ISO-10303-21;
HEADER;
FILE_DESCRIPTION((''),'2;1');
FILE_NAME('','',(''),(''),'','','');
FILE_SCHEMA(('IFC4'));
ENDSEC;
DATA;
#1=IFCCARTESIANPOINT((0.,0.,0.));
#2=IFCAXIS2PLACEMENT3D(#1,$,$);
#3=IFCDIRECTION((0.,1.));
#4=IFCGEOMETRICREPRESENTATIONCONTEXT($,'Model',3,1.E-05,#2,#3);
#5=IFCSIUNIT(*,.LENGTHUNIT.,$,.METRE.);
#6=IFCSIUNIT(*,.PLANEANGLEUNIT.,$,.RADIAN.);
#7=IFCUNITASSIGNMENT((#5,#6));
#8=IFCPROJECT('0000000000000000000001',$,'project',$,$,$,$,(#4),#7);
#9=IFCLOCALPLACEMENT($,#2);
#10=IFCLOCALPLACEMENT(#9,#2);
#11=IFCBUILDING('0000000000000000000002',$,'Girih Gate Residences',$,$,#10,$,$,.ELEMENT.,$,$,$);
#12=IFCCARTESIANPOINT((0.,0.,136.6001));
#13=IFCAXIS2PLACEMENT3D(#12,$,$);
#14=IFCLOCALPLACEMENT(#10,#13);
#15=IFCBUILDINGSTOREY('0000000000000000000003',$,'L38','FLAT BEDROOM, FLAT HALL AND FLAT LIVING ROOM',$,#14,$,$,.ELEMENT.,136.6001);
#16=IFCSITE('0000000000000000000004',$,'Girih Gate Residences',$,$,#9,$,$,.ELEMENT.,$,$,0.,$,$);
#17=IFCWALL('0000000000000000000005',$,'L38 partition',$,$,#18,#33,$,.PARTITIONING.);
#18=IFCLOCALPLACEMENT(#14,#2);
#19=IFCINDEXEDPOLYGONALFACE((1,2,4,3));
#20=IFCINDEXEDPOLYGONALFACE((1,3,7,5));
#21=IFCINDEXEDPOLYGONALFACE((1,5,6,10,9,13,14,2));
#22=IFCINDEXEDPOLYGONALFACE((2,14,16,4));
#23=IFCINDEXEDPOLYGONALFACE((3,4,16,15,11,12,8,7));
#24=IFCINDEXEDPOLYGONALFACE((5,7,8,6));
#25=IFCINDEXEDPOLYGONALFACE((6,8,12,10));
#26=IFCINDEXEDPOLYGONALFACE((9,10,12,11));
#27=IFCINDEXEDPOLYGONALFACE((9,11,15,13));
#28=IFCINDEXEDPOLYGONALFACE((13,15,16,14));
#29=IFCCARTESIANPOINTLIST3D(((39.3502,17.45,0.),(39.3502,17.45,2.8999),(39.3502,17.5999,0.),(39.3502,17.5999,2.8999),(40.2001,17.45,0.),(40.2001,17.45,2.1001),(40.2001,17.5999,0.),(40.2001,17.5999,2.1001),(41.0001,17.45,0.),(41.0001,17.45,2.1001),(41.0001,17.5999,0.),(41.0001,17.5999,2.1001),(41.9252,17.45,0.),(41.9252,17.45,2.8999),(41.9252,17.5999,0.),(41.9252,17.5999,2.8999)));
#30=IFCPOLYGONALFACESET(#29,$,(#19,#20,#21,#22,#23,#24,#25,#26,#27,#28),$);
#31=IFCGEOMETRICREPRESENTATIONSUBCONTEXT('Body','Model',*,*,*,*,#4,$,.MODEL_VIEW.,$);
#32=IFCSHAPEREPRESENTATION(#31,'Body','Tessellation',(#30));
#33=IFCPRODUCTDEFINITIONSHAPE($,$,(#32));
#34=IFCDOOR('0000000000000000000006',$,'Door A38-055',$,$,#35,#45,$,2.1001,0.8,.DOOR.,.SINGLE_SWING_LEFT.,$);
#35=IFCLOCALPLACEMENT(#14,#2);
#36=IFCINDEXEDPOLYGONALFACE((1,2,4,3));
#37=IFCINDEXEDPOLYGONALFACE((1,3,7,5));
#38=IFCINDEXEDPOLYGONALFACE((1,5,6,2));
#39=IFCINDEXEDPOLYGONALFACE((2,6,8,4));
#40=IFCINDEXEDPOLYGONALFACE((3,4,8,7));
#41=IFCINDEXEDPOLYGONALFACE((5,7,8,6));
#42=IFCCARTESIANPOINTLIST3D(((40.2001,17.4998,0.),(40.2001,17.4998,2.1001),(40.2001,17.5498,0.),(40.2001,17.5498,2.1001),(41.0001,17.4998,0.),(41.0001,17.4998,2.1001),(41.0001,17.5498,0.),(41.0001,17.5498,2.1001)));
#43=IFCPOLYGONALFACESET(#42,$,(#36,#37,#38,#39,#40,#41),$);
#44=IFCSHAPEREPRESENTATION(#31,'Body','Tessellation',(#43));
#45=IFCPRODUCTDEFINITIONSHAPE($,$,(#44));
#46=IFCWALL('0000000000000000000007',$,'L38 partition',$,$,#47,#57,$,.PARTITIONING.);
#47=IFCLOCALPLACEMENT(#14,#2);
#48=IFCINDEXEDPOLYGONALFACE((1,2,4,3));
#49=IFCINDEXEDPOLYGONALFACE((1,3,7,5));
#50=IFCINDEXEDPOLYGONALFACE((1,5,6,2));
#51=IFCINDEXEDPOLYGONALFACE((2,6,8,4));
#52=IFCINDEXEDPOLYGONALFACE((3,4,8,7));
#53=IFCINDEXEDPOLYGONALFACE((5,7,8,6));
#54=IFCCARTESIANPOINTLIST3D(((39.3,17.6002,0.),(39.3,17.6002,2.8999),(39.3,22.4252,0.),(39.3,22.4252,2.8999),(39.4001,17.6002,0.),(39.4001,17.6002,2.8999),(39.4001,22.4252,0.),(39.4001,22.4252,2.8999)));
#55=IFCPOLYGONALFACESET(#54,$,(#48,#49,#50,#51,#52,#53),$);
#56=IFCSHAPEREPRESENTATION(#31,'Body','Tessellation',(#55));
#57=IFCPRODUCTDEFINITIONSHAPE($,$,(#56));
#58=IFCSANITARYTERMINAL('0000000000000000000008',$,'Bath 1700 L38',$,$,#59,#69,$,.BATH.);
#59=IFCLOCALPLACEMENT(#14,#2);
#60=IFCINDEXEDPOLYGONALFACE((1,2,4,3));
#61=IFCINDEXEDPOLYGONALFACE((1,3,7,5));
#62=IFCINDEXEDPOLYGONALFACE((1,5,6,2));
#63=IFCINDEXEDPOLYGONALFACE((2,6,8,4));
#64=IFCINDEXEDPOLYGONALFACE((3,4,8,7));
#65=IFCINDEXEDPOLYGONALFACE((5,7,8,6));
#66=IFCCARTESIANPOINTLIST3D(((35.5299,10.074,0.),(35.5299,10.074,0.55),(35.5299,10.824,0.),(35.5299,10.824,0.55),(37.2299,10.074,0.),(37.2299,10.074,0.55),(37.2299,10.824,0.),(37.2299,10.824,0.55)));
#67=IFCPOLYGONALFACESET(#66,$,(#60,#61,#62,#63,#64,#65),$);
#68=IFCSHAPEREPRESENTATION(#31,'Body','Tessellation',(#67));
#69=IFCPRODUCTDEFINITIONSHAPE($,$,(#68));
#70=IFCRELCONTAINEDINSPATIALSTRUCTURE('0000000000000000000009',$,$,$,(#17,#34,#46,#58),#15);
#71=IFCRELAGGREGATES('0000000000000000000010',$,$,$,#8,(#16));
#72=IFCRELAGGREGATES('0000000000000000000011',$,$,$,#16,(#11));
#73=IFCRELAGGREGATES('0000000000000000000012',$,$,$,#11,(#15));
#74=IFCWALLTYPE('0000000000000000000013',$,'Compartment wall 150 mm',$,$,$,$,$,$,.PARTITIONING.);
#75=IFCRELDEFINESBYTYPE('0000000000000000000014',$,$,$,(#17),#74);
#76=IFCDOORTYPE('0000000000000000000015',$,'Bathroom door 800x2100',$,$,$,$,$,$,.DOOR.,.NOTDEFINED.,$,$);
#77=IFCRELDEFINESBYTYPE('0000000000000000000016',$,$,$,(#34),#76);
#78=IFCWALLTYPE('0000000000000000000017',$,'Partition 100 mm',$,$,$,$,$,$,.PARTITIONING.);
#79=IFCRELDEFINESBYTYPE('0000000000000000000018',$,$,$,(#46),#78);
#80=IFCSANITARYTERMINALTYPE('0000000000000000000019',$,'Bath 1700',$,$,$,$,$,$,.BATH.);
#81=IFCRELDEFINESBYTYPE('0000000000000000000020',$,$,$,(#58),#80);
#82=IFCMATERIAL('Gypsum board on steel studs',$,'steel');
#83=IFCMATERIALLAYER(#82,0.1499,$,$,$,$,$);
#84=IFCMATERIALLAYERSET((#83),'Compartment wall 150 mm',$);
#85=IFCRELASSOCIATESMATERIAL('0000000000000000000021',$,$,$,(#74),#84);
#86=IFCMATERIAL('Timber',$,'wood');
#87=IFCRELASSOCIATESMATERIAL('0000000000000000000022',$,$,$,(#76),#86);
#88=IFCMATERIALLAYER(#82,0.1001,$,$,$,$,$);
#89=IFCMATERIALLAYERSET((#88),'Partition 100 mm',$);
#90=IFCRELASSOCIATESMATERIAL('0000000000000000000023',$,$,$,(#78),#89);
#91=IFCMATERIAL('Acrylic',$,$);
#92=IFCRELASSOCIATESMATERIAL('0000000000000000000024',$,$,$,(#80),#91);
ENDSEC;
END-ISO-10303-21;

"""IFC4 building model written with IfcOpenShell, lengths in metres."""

from ifc_helpers import new_model, si_unit, direction, frame, frame_2d, origin, origin_2d, place, context, subcontext, project, spatial, rectangle, extrude, material, layer, layer_set, type_object, element, fill, save


model = new_model("IFC4")

# Units and contexts
model_context = context("Model", 3, precision=1e-05, world=origin(), true_north=direction((0.0, 1.0)))
body_context = subcontext(model_context, "Body", "Model", "MODEL_VIEW")
ifc_project = project(units=[si_unit("LENGTHUNIT", "METRE"), si_unit("PLANEANGLEUNIT", "RADIAN")], contexts=[model_context])

# Site, building, storey
site_placement = place(None, origin())
site = spatial("IfcSite", under=ifc_project, at=site_placement, Name="Girih Gate Residences", CompositionType="ELEMENT", RefElevation=0.0)
building_placement = place(site_placement, origin())
building = spatial("IfcBuilding", under=site, at=building_placement, Name="Girih Gate Residences", CompositionType="ELEMENT")
storey_placement = place(building_placement, frame((0.0, 0.0, 136.6001)))
storey = spatial("IfcBuildingStorey", under=building, at=storey_placement, Name="L38", Description="FLAT BEDROOM, FLAT HALL AND FLAT LIVING ROOM", CompositionType="ELEMENT", Elevation=136.6001)

# Shared definitions
ifc_material_1 = material(Name="Gypsum board on steel studs", Category="steel")
ifc_layer_1 = layer(ifc_material_1, 0.1499)
ifc_layer_set_1 = layer_set([ifc_layer_1], Name="Compartment wall 150 mm")
wall_type_1 = type_object("IfcWallType", Name="Compartment wall 150 mm", PredefinedType="PARTITIONING", material=ifc_layer_set_1)

# Wall, opening, door
ifc_material_2 = material(Name="Timber", Category="wood")
wall_1_placement = place(storey_placement, frame((39.3501, 17.5249, 0.0), z_axis=(0.0, 0.0, 1.0), x_axis=(1.0, 0.0, 0.0)))
wall_1 = element("IfcWall", 1, at=wall_1_placement, inside=storey, type_object=wall_type_1, Name="L38 partition", PredefinedType="PARTITIONING", context=body_context, shape_type="SweptSolid", body=[
    extrude(rectangle(XDim=2.575, YDim=0.1499, at=frame_2d((1.2876, 0.0))), origin(), (0.0, 0.0, 1.0), 2.8999),
])
opening_1_placement = place(wall_1_placement, frame((0.8501, 0.0, 0.0)))
opening_1 = element("IfcOpeningElement", 2, at=opening_1_placement, cuts=wall_1, PredefinedType="OPENING", context=body_context, shape_type="SweptSolid", body=[
    extrude(rectangle(XDim=0.8, YDim=2.1001, at=frame_2d((0.3999, 1.05))), frame((0.0, 0.085, 0.0), z_axis=(0.0, -1.0, 0.0), x_axis=(1.0, 0.0, 0.0)), (0.0, 0.0, 1.0), 0.1699),
])
door_type_1 = type_object("IfcDoorType", Name="Bathroom door 800x2100", OperationType="NOTDEFINED", PredefinedType="DOOR", material=ifc_material_2)
door_1_placement = place(opening_1_placement, origin())
door_1 = element("IfcDoor", 3, at=door_1_placement, inside=storey, type_object=door_type_1, Name="Door A38-055", OperationType="SINGLE_SWING_LEFT", OverallHeight=2.1001, OverallWidth=0.8, PredefinedType="DOOR", context=body_context, shape_type="SweptSolid", body=[
    extrude(rectangle(XDim=0.8, YDim=2.1001, at=frame_2d((0.3999, 1.05))), frame((0.0, 0.0249, 0.0), z_axis=(0.0, -1.0, 0.0), x_axis=(1.0, 0.0, 0.0)), (0.0, 0.0, 1.0), 0.05),
])
fill(opening_1, door_1)

# Wall
ifc_layer_2 = layer(ifc_material_1, 0.1001)
ifc_layer_set_2 = layer_set([ifc_layer_2], Name="Partition 100 mm")
wall_type_2 = type_object("IfcWallType", Name="Partition 100 mm", PredefinedType="PARTITIONING", material=ifc_layer_set_2)
wall_2_placement = place(storey_placement, frame((39.3501, 17.6001, 0.0), z_axis=(0.0, 0.0, 1.0), x_axis=(0.0, 1.0, 0.0)))
element("IfcWall", 4, at=wall_2_placement, inside=storey, type_object=wall_type_2, Name="L38 partition", PredefinedType="PARTITIONING", context=body_context, shape_type="SweptSolid", body=[
    extrude(rectangle(XDim=4.825, YDim=0.1001, at=frame_2d((2.4126, 0.0))), origin(), (0.0, 0.0, 1.0), 2.8999),
])

# Sanitary terminal
ifc_material_3 = material(Name="Acrylic")
sanitary_terminal_type = type_object("IfcSanitaryTerminalType", Name="Bath 1700", PredefinedType="BATH", material=ifc_material_3)
sanitary_terminal_placement = place(storey_placement, frame((36.3799, 10.449, 0.0), z_axis=(0.0, 0.0, 1.0), x_axis=(1.0, 0.0, 0.0)))
element("IfcSanitaryTerminal", 5, at=sanitary_terminal_placement, inside=storey, type_object=sanitary_terminal_type, Name="Bath 1700 L38", PredefinedType="BATH", context=body_context, shape_type="SweptSolid", body=[
    extrude(rectangle(XDim=1.7, YDim=0.75, at=origin_2d()), origin(), (0.0, 0.0, 1.0), 0.55),
])

save(model, "model.ifc")
